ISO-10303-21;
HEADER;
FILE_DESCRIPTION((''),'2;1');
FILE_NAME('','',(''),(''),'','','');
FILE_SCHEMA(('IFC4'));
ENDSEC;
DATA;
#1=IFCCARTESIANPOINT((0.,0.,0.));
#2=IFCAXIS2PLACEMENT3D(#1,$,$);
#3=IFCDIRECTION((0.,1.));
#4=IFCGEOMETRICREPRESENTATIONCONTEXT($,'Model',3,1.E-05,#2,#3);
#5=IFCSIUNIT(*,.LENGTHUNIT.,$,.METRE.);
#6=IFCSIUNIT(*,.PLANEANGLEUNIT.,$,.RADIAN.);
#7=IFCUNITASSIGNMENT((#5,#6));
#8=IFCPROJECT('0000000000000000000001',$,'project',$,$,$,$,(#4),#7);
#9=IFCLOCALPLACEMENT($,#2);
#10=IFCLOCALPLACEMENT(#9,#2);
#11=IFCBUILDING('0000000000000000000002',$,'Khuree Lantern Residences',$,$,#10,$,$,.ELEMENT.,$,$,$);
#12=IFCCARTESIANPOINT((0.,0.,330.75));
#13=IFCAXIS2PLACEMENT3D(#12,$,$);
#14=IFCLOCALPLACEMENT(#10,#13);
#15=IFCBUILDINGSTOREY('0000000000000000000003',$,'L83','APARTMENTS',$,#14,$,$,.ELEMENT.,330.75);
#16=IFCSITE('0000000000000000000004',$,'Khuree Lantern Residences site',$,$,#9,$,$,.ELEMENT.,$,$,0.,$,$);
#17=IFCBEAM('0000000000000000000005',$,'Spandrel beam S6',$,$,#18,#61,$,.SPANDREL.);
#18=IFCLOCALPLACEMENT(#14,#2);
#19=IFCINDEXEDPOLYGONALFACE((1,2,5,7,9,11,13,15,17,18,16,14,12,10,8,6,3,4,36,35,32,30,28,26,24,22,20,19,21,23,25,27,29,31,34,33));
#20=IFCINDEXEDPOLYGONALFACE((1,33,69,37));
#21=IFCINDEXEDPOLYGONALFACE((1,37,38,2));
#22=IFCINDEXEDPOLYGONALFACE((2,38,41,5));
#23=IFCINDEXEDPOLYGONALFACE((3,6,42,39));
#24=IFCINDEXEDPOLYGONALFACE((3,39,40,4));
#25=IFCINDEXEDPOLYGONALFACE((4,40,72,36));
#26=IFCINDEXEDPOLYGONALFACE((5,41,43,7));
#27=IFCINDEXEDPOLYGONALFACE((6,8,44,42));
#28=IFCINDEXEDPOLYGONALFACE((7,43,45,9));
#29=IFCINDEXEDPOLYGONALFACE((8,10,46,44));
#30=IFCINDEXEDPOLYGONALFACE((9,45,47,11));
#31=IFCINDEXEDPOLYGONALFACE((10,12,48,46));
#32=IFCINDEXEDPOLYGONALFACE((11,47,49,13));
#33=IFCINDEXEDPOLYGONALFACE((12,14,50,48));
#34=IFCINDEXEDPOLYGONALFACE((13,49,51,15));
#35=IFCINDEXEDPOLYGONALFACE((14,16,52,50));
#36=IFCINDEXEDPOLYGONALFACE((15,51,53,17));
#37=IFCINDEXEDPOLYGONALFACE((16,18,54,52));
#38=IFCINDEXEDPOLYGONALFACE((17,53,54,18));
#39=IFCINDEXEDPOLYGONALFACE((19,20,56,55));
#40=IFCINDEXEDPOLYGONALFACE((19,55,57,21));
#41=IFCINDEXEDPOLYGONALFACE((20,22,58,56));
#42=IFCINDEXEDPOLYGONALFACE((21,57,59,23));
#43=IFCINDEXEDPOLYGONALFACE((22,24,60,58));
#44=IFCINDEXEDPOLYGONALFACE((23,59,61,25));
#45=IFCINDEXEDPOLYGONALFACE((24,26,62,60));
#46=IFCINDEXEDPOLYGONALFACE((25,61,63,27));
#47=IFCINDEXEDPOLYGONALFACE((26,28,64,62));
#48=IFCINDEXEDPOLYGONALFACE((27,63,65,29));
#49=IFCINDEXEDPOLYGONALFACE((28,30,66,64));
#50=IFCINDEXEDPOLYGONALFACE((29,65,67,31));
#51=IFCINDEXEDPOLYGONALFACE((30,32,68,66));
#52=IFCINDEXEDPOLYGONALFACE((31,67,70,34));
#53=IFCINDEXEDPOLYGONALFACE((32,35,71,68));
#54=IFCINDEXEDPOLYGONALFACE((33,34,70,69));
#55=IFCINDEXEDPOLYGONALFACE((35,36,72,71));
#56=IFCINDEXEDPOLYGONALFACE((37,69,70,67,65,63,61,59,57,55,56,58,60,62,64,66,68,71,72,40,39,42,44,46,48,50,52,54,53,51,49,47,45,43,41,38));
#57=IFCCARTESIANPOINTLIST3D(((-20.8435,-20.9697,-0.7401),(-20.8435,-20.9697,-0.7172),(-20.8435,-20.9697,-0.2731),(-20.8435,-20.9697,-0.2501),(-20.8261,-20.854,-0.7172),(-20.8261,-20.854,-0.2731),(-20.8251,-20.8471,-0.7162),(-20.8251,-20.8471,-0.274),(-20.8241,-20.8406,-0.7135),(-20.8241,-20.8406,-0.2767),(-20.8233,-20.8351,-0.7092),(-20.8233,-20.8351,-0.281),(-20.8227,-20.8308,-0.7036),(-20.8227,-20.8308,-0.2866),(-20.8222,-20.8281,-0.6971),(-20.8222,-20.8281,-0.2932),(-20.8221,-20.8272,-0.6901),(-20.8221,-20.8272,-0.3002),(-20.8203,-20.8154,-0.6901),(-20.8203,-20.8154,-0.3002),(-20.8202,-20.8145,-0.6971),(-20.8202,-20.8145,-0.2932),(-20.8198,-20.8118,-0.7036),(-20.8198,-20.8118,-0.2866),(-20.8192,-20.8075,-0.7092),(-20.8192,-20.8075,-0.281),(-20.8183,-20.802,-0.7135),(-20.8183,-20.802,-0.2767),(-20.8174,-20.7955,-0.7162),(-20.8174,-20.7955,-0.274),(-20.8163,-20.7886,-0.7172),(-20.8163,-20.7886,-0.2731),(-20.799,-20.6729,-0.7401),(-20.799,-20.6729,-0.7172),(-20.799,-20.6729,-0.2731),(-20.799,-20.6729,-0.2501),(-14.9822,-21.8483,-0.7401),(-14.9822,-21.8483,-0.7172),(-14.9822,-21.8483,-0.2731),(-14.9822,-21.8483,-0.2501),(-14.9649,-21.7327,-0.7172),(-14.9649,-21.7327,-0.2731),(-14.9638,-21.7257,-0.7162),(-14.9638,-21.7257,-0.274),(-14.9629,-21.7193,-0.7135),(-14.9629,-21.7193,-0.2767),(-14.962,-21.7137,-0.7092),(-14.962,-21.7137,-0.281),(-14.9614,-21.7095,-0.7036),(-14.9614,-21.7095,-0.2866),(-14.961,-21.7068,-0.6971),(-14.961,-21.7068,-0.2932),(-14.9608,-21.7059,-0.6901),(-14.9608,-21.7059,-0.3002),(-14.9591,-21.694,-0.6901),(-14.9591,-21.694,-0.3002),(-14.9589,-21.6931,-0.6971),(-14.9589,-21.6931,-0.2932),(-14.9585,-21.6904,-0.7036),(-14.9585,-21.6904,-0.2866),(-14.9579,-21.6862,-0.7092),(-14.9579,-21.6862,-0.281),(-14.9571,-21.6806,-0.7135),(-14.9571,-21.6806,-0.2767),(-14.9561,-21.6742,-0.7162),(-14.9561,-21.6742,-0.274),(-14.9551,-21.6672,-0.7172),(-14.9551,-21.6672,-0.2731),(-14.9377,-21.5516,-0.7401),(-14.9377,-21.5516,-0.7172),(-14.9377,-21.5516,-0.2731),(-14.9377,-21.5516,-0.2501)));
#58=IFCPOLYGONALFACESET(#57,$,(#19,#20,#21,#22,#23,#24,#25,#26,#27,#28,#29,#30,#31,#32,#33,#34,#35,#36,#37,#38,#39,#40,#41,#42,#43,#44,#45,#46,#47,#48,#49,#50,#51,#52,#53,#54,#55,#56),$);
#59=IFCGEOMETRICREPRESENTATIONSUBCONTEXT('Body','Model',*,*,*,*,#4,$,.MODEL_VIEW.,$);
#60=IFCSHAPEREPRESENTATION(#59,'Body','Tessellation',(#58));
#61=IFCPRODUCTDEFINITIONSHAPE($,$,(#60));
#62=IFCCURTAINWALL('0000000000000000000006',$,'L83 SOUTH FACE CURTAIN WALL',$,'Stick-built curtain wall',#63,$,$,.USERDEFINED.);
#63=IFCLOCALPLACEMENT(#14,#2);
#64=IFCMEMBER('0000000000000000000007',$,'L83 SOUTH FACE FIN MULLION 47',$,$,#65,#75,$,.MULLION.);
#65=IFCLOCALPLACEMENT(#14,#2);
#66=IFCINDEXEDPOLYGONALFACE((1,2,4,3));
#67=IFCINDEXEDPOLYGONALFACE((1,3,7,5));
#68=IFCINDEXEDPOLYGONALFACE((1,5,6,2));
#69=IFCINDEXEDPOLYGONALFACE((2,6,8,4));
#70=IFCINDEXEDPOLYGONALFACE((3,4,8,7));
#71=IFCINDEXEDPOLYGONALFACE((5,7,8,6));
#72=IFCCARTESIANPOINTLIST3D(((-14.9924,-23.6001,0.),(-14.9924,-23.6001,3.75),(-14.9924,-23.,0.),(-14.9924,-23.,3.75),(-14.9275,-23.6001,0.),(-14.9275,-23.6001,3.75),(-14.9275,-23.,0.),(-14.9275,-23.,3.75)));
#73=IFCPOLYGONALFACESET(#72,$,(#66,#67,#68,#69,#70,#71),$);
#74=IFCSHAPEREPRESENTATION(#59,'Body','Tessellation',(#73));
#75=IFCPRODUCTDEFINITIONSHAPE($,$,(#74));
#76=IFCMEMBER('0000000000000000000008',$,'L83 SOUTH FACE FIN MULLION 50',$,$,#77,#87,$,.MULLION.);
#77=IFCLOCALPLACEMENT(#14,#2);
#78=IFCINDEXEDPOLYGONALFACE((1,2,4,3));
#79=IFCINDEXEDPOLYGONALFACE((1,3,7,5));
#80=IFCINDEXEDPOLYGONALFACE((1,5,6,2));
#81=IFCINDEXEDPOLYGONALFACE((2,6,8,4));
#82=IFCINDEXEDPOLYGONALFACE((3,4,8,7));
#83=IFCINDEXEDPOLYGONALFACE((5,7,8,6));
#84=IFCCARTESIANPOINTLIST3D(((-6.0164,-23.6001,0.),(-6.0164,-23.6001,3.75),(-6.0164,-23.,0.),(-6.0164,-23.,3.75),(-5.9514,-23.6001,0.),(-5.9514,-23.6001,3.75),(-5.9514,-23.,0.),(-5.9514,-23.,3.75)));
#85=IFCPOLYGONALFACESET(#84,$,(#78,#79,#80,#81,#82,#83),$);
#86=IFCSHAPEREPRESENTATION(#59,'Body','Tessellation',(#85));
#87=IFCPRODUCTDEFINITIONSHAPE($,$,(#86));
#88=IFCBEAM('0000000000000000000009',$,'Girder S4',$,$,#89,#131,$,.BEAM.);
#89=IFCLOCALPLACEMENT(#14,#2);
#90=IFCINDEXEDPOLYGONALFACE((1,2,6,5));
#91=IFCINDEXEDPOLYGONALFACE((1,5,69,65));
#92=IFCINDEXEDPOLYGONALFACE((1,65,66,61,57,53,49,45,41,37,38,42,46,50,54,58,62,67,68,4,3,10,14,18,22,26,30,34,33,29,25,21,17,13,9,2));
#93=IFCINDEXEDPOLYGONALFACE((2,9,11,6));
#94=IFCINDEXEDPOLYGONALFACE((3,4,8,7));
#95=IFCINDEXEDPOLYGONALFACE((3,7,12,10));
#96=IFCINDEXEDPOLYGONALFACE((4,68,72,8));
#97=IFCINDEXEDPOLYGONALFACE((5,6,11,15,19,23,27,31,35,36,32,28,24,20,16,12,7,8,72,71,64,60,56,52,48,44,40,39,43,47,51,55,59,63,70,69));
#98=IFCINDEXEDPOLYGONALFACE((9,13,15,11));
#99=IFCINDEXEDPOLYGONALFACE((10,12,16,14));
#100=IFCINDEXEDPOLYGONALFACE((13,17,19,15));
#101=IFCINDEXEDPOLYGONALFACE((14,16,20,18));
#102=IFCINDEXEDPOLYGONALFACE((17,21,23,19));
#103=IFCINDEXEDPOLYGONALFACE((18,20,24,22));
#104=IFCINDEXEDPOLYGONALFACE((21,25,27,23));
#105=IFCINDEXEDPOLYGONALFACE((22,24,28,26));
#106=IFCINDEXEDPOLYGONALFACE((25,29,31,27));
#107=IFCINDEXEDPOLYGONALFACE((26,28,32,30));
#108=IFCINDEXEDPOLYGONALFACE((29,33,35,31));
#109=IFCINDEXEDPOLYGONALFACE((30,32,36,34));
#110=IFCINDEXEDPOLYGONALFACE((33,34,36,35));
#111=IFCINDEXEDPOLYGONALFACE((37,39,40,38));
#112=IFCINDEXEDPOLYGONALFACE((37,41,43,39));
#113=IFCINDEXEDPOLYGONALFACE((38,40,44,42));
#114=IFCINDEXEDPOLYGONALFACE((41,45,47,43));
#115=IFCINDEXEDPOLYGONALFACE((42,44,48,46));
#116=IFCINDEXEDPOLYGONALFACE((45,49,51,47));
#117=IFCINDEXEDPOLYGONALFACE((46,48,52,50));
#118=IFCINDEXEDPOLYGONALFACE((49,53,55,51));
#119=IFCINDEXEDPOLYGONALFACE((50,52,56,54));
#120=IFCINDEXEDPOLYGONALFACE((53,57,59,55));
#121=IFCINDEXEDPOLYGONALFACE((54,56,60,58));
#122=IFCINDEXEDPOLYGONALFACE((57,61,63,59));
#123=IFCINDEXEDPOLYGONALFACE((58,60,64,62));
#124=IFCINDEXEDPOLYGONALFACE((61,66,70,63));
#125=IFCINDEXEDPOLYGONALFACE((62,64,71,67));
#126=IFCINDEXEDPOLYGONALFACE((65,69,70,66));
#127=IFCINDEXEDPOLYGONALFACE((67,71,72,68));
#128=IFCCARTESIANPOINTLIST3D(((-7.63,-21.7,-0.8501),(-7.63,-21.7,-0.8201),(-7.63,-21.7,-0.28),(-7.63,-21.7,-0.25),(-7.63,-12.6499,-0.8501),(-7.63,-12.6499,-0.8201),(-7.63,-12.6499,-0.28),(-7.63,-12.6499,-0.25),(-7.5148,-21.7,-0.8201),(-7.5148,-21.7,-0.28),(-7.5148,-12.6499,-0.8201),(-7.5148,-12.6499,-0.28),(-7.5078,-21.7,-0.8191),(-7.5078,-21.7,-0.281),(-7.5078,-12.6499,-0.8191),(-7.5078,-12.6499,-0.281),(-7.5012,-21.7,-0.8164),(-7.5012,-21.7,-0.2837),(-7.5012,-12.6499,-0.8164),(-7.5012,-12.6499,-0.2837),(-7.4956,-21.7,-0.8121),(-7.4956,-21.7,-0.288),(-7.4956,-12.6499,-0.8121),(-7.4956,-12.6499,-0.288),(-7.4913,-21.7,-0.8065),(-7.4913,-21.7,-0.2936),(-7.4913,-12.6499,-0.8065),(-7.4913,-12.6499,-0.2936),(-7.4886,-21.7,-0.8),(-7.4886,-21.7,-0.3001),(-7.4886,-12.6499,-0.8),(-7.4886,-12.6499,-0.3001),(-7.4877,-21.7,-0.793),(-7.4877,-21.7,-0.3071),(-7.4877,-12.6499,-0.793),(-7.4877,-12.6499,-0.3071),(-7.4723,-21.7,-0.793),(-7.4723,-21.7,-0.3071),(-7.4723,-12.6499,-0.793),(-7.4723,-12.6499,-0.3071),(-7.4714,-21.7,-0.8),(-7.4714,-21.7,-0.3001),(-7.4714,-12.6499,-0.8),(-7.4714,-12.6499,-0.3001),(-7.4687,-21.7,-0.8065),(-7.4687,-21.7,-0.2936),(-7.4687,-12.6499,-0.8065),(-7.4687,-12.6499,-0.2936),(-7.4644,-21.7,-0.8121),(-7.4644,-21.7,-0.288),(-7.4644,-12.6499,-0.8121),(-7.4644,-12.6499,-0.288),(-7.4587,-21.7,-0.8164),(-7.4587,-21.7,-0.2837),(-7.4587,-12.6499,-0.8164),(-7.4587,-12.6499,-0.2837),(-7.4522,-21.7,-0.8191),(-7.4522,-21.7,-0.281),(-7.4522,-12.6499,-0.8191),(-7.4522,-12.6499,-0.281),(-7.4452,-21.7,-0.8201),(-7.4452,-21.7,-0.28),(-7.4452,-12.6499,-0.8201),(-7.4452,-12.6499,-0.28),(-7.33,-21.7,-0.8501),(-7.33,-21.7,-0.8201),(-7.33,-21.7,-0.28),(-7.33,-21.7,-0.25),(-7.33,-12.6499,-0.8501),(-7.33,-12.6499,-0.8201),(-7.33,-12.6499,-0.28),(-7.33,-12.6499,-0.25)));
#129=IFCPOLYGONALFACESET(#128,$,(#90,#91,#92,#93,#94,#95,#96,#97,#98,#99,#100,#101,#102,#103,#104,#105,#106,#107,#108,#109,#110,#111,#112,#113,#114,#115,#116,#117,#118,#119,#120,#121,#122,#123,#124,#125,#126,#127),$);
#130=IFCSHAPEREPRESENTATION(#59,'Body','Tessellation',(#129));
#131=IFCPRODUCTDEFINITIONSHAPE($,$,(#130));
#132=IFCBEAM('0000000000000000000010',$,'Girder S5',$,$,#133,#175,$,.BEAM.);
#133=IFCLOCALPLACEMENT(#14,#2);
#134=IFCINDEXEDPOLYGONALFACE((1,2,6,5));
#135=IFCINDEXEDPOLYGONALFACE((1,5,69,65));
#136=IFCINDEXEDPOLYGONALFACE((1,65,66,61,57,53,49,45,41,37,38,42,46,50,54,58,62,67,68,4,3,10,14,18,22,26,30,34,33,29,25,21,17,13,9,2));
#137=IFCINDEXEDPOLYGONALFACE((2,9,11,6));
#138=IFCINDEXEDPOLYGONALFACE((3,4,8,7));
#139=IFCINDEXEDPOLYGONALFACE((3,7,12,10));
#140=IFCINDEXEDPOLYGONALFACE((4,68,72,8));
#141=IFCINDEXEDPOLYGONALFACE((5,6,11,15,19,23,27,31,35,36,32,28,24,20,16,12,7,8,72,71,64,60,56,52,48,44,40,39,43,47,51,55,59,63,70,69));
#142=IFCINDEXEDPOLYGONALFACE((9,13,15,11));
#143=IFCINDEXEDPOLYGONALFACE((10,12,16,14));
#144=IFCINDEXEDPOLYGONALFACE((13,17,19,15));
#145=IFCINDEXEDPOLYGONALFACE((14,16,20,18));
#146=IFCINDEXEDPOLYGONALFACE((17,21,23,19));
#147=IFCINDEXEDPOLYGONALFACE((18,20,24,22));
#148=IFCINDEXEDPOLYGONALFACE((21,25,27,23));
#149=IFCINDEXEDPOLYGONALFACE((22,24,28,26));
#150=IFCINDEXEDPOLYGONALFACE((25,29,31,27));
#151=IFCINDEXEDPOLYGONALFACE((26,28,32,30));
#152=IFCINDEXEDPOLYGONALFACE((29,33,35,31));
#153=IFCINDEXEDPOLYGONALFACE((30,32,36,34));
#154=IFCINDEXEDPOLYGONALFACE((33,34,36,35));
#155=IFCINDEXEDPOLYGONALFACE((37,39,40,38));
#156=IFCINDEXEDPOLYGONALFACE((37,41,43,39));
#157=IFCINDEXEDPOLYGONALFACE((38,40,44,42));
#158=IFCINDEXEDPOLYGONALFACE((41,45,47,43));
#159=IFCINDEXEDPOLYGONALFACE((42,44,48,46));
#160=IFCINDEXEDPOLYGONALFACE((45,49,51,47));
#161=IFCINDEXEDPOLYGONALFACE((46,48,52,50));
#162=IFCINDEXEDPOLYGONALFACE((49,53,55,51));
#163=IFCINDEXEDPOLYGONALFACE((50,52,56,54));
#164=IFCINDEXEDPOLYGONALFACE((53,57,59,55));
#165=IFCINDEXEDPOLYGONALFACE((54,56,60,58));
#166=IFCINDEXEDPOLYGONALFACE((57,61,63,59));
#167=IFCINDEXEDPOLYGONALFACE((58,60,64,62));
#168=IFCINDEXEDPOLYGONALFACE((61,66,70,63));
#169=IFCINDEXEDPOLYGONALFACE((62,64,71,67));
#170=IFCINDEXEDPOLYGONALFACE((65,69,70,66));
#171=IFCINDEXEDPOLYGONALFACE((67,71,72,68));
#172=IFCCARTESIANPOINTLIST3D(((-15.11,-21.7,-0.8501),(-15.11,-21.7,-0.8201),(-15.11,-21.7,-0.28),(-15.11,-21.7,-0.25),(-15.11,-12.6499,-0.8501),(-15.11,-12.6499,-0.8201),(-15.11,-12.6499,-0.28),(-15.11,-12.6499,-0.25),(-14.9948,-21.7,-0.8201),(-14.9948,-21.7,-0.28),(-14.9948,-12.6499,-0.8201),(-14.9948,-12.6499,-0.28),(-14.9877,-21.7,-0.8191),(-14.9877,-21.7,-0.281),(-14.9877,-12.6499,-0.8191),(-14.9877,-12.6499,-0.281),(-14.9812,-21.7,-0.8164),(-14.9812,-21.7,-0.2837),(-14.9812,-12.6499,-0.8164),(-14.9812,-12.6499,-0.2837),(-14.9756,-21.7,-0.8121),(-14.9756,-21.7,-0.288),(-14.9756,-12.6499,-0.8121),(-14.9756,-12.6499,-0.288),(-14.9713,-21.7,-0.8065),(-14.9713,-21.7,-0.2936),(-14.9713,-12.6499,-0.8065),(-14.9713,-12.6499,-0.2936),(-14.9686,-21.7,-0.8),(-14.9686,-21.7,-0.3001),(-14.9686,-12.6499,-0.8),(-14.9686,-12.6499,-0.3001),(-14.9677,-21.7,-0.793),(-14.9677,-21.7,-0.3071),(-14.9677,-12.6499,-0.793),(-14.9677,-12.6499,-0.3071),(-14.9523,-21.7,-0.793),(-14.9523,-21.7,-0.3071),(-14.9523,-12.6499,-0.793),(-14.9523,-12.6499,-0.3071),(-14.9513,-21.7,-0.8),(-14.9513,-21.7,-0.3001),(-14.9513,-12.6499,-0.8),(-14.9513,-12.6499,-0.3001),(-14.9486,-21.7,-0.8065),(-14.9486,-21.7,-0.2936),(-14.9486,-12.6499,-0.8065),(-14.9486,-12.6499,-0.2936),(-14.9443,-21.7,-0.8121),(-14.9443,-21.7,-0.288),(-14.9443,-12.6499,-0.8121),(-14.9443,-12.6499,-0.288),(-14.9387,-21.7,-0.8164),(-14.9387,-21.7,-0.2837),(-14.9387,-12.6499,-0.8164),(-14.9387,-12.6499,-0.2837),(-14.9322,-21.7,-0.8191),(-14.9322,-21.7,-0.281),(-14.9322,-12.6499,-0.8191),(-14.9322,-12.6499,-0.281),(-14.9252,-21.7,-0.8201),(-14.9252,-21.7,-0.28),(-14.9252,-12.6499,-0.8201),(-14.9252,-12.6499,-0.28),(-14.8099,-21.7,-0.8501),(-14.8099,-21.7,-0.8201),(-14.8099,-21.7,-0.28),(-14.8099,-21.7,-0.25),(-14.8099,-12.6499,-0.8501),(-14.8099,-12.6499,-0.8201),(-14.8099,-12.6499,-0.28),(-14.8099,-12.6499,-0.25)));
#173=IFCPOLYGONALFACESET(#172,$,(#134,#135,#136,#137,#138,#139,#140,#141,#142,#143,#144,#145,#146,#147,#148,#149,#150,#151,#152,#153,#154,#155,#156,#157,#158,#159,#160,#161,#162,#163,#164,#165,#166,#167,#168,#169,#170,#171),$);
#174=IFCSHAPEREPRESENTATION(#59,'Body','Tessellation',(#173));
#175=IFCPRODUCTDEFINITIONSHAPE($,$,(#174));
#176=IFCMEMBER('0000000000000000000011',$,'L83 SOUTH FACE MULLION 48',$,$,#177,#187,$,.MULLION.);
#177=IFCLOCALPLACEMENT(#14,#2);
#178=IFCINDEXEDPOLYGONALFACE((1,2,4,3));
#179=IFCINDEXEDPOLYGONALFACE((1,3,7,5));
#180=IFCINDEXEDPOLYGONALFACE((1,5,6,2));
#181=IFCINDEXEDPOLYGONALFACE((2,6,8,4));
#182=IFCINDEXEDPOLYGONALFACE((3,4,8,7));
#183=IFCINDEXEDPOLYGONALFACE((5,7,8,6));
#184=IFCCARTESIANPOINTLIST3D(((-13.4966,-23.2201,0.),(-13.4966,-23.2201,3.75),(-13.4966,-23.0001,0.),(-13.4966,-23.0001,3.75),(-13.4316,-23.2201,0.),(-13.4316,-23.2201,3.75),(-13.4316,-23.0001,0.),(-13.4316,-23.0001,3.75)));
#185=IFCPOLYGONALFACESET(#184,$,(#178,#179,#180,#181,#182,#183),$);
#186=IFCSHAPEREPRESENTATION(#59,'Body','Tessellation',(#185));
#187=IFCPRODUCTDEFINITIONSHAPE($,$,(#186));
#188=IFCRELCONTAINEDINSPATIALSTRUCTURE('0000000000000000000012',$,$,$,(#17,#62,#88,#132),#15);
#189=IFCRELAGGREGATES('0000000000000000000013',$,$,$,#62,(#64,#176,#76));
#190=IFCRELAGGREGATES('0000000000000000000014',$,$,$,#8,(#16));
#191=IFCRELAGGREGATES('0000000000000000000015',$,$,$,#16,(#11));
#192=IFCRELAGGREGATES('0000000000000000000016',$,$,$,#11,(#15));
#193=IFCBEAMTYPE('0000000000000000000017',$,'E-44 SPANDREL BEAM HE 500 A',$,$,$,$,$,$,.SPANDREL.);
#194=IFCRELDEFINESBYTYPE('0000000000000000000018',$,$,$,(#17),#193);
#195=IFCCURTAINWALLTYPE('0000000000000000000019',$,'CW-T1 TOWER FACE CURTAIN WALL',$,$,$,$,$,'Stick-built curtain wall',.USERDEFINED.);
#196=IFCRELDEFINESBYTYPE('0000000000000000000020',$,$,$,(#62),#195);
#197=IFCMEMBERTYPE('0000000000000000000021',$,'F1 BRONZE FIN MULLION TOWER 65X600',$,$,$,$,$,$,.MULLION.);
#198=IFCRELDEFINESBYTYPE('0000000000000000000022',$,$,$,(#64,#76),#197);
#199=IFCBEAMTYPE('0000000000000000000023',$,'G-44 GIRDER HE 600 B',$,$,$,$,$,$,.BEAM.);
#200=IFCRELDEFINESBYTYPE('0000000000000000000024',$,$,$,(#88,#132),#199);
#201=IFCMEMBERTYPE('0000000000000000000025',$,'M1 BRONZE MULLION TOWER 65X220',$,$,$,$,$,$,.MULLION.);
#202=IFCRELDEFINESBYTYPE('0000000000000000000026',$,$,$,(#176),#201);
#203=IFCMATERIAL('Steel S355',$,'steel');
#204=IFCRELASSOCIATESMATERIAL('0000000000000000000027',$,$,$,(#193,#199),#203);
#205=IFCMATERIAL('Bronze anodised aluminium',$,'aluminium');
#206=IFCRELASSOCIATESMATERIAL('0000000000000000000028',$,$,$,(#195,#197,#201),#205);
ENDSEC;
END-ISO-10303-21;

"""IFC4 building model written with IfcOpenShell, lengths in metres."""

from ifc_helpers import new_model, si_unit, direction, frame, origin, origin_2d, place, context, subcontext, project, spatial, rectangle, i_section, extrude, material, material_profile, profile_set, type_object, element, aggregate, save


model = new_model("IFC4")

# Units and contexts
model_context = context("Model", 3, precision=1e-05, world=origin(), true_north=direction((0.0, 1.0)))
body_context = subcontext(model_context, "Body", "Model", "MODEL_VIEW")
ifc_project = project(units=[si_unit("LENGTHUNIT", "METRE"), si_unit("PLANEANGLEUNIT", "RADIAN")], contexts=[model_context])

# Site, building, storey
site_placement = place(None, origin())
site = spatial("IfcSite", under=ifc_project, at=site_placement, Name="Khuree Lantern Residences site", CompositionType="ELEMENT", RefElevation=0.0)
building_placement = place(site_placement, origin())
building = spatial("IfcBuilding", under=site, at=building_placement, Name="Khuree Lantern Residences", CompositionType="ELEMENT")
storey_placement = place(building_placement, frame((0.0, 0.0, 330.75)))
storey = spatial("IfcBuildingStorey", under=building, at=storey_placement, Name="L83", Description="APARTMENTS", CompositionType="ELEMENT", Elevation=330.75)

# Beam
ifc_material_1 = material(Name="Steel S355", Category="steel")
ifc_material_profile_1 = material_profile(ifc_material_1, i_section(OverallWidth=0.3, OverallDepth=0.49, WebThickness=0.012, FlangeThickness=0.0229, FilletRadius=0.0271, at=origin_2d()), Name="HE 500 A")
ifc_profile_set_1 = profile_set([ifc_material_profile_1], Name="Steel S355")
beam_type_1 = type_object("IfcBeamType", Name="E-44 SPANDREL BEAM HE 500 A", PredefinedType="SPANDREL", material=ifc_profile_set_1)
beam_1_placement = place(storey_placement, frame((-14.96, -21.7, -0.4951), z_axis=(-0.98895, 0.148252, 0.0), x_axis=(-0.148252, -0.98895, 0.0)))
element("IfcBeam", 1, at=beam_1_placement, inside=storey, type_object=beam_type_1, Name="Spandrel beam S6", PredefinedType="SPANDREL", context=body_context, shape_type="SweptSolid", body=[
    extrude(i_section(OverallWidth=0.3, OverallDepth=0.49, WebThickness=0.012, FlangeThickness=0.0229, FilletRadius=0.0271, at=origin_2d()), origin(), (0.0, 0.0, 1.0), 5.9268),
])

# Curtain wall, members
ifc_material_2 = material(Name="Bronze anodised aluminium", Category="aluminium")
curtain_wall_type = type_object("IfcCurtainWallType", Name="CW-T1 TOWER FACE CURTAIN WALL", ElementType="Stick-built curtain wall", PredefinedType="USERDEFINED", material=ifc_material_2)
curtain_wall_placement = place(storey_placement, origin())
curtain_wall = element("IfcCurtainWall", 2, at=curtain_wall_placement, inside=storey, type_object=curtain_wall_type, Name="L83 SOUTH FACE CURTAIN WALL", ObjectType="Stick-built curtain wall", PredefinedType="USERDEFINED")
ifc_material_profile_2 = material_profile(ifc_material_2, rectangle(XDim=0.0649, YDim=0.6001, at=origin_2d()), Name="F1 65X600")
ifc_profile_set_2 = profile_set([ifc_material_profile_2], Name="Bronze anodised aluminium")
member_type_1 = type_object("IfcMemberType", Name="F1 BRONZE FIN MULLION TOWER 65X600", PredefinedType="MULLION", material=ifc_profile_set_2)
member_1_placement = place(storey_placement, frame((-14.96, -23.3, 0.0), z_axis=(0.0, 0.0, 1.0), x_axis=(1.0, 0.0, 0.0)))
member_1 = element("IfcMember", 3, at=member_1_placement, type_object=member_type_1, Name="L83 SOUTH FACE FIN MULLION 47", PredefinedType="MULLION", context=body_context, shape_type="SweptSolid", body=[
    extrude(rectangle(XDim=0.0649, YDim=0.6001, at=origin_2d()), origin(), (0.0, 0.0, 1.0), 3.75),
])
member_2_placement = place(storey_placement, frame((-5.9839, -23.3, 0.0), z_axis=(0.0, 0.0, 1.0), x_axis=(1.0, 0.0, 0.0)))
member_2 = element("IfcMember", 4, at=member_2_placement, type_object=member_type_1, Name="L83 SOUTH FACE FIN MULLION 50", PredefinedType="MULLION", context=body_context, shape_type="SweptSolid", body=[
    extrude(rectangle(XDim=0.0649, YDim=0.6001, at=origin_2d()), origin(), (0.0, 0.0, 1.0), 3.75),
])

# Beams
ifc_material_profile_3 = material_profile(ifc_material_1, i_section(OverallWidth=0.3, OverallDepth=0.6001, WebThickness=0.0154, FlangeThickness=0.03, FilletRadius=0.0271, at=origin_2d()), Name="HE 600 B")
ifc_profile_set_3 = profile_set([ifc_material_profile_3], Name="Steel S355")
beam_type_2 = type_object("IfcBeamType", Name="G-44 GIRDER HE 600 B", PredefinedType="BEAM", material=ifc_profile_set_3)
for number, where, z_axis, x_axis, name in (
    (5, (-7.48, -21.7, -0.55), (0.0, 1.0, 0.0), (-1.0, 0.0, 0.0), "Girder S4"),
    (6, (-14.96, -21.7, -0.55), (0.0, 1.0, 0.0), (-1.0, 0.0, 0.0), "Girder S5"),
):
    element("IfcBeam", number, at=place(storey_placement, frame(where, z_axis=z_axis, x_axis=x_axis)), inside=storey, type_object=beam_type_2, Name=name, PredefinedType="BEAM", context=body_context, shape_type="SweptSolid", body=[
        extrude(i_section(OverallWidth=0.3, OverallDepth=0.6001, WebThickness=0.0154, FlangeThickness=0.03, FilletRadius=0.0271, at=origin_2d()), origin(), (0.0, 0.0, 1.0), 9.05),
    ])

# Member
ifc_material_profile_4 = material_profile(ifc_material_2, rectangle(XDim=0.0649, YDim=0.22, at=origin_2d()), Name="M1 65X220")
ifc_profile_set_4 = profile_set([ifc_material_profile_4], Name="Bronze anodised aluminium")
member_type_2 = type_object("IfcMemberType", Name="M1 BRONZE MULLION TOWER 65X220", PredefinedType="MULLION", material=ifc_profile_set_4)
member_3_placement = place(storey_placement, frame((-13.4641, -23.1101, 0.0), z_axis=(0.0, 0.0, 1.0), x_axis=(1.0, 0.0, 0.0)))
member_3 = element("IfcMember", 7, at=member_3_placement, type_object=member_type_2, Name="L83 SOUTH FACE MULLION 48", PredefinedType="MULLION", context=body_context, shape_type="SweptSolid", body=[
    extrude(rectangle(XDim=0.0649, YDim=0.22, at=origin_2d()), origin(), (0.0, 0.0, 1.0), 3.75),
])

aggregate(curtain_wall, [member_1, member_3, member_2])

save(model, "model.ifc")
